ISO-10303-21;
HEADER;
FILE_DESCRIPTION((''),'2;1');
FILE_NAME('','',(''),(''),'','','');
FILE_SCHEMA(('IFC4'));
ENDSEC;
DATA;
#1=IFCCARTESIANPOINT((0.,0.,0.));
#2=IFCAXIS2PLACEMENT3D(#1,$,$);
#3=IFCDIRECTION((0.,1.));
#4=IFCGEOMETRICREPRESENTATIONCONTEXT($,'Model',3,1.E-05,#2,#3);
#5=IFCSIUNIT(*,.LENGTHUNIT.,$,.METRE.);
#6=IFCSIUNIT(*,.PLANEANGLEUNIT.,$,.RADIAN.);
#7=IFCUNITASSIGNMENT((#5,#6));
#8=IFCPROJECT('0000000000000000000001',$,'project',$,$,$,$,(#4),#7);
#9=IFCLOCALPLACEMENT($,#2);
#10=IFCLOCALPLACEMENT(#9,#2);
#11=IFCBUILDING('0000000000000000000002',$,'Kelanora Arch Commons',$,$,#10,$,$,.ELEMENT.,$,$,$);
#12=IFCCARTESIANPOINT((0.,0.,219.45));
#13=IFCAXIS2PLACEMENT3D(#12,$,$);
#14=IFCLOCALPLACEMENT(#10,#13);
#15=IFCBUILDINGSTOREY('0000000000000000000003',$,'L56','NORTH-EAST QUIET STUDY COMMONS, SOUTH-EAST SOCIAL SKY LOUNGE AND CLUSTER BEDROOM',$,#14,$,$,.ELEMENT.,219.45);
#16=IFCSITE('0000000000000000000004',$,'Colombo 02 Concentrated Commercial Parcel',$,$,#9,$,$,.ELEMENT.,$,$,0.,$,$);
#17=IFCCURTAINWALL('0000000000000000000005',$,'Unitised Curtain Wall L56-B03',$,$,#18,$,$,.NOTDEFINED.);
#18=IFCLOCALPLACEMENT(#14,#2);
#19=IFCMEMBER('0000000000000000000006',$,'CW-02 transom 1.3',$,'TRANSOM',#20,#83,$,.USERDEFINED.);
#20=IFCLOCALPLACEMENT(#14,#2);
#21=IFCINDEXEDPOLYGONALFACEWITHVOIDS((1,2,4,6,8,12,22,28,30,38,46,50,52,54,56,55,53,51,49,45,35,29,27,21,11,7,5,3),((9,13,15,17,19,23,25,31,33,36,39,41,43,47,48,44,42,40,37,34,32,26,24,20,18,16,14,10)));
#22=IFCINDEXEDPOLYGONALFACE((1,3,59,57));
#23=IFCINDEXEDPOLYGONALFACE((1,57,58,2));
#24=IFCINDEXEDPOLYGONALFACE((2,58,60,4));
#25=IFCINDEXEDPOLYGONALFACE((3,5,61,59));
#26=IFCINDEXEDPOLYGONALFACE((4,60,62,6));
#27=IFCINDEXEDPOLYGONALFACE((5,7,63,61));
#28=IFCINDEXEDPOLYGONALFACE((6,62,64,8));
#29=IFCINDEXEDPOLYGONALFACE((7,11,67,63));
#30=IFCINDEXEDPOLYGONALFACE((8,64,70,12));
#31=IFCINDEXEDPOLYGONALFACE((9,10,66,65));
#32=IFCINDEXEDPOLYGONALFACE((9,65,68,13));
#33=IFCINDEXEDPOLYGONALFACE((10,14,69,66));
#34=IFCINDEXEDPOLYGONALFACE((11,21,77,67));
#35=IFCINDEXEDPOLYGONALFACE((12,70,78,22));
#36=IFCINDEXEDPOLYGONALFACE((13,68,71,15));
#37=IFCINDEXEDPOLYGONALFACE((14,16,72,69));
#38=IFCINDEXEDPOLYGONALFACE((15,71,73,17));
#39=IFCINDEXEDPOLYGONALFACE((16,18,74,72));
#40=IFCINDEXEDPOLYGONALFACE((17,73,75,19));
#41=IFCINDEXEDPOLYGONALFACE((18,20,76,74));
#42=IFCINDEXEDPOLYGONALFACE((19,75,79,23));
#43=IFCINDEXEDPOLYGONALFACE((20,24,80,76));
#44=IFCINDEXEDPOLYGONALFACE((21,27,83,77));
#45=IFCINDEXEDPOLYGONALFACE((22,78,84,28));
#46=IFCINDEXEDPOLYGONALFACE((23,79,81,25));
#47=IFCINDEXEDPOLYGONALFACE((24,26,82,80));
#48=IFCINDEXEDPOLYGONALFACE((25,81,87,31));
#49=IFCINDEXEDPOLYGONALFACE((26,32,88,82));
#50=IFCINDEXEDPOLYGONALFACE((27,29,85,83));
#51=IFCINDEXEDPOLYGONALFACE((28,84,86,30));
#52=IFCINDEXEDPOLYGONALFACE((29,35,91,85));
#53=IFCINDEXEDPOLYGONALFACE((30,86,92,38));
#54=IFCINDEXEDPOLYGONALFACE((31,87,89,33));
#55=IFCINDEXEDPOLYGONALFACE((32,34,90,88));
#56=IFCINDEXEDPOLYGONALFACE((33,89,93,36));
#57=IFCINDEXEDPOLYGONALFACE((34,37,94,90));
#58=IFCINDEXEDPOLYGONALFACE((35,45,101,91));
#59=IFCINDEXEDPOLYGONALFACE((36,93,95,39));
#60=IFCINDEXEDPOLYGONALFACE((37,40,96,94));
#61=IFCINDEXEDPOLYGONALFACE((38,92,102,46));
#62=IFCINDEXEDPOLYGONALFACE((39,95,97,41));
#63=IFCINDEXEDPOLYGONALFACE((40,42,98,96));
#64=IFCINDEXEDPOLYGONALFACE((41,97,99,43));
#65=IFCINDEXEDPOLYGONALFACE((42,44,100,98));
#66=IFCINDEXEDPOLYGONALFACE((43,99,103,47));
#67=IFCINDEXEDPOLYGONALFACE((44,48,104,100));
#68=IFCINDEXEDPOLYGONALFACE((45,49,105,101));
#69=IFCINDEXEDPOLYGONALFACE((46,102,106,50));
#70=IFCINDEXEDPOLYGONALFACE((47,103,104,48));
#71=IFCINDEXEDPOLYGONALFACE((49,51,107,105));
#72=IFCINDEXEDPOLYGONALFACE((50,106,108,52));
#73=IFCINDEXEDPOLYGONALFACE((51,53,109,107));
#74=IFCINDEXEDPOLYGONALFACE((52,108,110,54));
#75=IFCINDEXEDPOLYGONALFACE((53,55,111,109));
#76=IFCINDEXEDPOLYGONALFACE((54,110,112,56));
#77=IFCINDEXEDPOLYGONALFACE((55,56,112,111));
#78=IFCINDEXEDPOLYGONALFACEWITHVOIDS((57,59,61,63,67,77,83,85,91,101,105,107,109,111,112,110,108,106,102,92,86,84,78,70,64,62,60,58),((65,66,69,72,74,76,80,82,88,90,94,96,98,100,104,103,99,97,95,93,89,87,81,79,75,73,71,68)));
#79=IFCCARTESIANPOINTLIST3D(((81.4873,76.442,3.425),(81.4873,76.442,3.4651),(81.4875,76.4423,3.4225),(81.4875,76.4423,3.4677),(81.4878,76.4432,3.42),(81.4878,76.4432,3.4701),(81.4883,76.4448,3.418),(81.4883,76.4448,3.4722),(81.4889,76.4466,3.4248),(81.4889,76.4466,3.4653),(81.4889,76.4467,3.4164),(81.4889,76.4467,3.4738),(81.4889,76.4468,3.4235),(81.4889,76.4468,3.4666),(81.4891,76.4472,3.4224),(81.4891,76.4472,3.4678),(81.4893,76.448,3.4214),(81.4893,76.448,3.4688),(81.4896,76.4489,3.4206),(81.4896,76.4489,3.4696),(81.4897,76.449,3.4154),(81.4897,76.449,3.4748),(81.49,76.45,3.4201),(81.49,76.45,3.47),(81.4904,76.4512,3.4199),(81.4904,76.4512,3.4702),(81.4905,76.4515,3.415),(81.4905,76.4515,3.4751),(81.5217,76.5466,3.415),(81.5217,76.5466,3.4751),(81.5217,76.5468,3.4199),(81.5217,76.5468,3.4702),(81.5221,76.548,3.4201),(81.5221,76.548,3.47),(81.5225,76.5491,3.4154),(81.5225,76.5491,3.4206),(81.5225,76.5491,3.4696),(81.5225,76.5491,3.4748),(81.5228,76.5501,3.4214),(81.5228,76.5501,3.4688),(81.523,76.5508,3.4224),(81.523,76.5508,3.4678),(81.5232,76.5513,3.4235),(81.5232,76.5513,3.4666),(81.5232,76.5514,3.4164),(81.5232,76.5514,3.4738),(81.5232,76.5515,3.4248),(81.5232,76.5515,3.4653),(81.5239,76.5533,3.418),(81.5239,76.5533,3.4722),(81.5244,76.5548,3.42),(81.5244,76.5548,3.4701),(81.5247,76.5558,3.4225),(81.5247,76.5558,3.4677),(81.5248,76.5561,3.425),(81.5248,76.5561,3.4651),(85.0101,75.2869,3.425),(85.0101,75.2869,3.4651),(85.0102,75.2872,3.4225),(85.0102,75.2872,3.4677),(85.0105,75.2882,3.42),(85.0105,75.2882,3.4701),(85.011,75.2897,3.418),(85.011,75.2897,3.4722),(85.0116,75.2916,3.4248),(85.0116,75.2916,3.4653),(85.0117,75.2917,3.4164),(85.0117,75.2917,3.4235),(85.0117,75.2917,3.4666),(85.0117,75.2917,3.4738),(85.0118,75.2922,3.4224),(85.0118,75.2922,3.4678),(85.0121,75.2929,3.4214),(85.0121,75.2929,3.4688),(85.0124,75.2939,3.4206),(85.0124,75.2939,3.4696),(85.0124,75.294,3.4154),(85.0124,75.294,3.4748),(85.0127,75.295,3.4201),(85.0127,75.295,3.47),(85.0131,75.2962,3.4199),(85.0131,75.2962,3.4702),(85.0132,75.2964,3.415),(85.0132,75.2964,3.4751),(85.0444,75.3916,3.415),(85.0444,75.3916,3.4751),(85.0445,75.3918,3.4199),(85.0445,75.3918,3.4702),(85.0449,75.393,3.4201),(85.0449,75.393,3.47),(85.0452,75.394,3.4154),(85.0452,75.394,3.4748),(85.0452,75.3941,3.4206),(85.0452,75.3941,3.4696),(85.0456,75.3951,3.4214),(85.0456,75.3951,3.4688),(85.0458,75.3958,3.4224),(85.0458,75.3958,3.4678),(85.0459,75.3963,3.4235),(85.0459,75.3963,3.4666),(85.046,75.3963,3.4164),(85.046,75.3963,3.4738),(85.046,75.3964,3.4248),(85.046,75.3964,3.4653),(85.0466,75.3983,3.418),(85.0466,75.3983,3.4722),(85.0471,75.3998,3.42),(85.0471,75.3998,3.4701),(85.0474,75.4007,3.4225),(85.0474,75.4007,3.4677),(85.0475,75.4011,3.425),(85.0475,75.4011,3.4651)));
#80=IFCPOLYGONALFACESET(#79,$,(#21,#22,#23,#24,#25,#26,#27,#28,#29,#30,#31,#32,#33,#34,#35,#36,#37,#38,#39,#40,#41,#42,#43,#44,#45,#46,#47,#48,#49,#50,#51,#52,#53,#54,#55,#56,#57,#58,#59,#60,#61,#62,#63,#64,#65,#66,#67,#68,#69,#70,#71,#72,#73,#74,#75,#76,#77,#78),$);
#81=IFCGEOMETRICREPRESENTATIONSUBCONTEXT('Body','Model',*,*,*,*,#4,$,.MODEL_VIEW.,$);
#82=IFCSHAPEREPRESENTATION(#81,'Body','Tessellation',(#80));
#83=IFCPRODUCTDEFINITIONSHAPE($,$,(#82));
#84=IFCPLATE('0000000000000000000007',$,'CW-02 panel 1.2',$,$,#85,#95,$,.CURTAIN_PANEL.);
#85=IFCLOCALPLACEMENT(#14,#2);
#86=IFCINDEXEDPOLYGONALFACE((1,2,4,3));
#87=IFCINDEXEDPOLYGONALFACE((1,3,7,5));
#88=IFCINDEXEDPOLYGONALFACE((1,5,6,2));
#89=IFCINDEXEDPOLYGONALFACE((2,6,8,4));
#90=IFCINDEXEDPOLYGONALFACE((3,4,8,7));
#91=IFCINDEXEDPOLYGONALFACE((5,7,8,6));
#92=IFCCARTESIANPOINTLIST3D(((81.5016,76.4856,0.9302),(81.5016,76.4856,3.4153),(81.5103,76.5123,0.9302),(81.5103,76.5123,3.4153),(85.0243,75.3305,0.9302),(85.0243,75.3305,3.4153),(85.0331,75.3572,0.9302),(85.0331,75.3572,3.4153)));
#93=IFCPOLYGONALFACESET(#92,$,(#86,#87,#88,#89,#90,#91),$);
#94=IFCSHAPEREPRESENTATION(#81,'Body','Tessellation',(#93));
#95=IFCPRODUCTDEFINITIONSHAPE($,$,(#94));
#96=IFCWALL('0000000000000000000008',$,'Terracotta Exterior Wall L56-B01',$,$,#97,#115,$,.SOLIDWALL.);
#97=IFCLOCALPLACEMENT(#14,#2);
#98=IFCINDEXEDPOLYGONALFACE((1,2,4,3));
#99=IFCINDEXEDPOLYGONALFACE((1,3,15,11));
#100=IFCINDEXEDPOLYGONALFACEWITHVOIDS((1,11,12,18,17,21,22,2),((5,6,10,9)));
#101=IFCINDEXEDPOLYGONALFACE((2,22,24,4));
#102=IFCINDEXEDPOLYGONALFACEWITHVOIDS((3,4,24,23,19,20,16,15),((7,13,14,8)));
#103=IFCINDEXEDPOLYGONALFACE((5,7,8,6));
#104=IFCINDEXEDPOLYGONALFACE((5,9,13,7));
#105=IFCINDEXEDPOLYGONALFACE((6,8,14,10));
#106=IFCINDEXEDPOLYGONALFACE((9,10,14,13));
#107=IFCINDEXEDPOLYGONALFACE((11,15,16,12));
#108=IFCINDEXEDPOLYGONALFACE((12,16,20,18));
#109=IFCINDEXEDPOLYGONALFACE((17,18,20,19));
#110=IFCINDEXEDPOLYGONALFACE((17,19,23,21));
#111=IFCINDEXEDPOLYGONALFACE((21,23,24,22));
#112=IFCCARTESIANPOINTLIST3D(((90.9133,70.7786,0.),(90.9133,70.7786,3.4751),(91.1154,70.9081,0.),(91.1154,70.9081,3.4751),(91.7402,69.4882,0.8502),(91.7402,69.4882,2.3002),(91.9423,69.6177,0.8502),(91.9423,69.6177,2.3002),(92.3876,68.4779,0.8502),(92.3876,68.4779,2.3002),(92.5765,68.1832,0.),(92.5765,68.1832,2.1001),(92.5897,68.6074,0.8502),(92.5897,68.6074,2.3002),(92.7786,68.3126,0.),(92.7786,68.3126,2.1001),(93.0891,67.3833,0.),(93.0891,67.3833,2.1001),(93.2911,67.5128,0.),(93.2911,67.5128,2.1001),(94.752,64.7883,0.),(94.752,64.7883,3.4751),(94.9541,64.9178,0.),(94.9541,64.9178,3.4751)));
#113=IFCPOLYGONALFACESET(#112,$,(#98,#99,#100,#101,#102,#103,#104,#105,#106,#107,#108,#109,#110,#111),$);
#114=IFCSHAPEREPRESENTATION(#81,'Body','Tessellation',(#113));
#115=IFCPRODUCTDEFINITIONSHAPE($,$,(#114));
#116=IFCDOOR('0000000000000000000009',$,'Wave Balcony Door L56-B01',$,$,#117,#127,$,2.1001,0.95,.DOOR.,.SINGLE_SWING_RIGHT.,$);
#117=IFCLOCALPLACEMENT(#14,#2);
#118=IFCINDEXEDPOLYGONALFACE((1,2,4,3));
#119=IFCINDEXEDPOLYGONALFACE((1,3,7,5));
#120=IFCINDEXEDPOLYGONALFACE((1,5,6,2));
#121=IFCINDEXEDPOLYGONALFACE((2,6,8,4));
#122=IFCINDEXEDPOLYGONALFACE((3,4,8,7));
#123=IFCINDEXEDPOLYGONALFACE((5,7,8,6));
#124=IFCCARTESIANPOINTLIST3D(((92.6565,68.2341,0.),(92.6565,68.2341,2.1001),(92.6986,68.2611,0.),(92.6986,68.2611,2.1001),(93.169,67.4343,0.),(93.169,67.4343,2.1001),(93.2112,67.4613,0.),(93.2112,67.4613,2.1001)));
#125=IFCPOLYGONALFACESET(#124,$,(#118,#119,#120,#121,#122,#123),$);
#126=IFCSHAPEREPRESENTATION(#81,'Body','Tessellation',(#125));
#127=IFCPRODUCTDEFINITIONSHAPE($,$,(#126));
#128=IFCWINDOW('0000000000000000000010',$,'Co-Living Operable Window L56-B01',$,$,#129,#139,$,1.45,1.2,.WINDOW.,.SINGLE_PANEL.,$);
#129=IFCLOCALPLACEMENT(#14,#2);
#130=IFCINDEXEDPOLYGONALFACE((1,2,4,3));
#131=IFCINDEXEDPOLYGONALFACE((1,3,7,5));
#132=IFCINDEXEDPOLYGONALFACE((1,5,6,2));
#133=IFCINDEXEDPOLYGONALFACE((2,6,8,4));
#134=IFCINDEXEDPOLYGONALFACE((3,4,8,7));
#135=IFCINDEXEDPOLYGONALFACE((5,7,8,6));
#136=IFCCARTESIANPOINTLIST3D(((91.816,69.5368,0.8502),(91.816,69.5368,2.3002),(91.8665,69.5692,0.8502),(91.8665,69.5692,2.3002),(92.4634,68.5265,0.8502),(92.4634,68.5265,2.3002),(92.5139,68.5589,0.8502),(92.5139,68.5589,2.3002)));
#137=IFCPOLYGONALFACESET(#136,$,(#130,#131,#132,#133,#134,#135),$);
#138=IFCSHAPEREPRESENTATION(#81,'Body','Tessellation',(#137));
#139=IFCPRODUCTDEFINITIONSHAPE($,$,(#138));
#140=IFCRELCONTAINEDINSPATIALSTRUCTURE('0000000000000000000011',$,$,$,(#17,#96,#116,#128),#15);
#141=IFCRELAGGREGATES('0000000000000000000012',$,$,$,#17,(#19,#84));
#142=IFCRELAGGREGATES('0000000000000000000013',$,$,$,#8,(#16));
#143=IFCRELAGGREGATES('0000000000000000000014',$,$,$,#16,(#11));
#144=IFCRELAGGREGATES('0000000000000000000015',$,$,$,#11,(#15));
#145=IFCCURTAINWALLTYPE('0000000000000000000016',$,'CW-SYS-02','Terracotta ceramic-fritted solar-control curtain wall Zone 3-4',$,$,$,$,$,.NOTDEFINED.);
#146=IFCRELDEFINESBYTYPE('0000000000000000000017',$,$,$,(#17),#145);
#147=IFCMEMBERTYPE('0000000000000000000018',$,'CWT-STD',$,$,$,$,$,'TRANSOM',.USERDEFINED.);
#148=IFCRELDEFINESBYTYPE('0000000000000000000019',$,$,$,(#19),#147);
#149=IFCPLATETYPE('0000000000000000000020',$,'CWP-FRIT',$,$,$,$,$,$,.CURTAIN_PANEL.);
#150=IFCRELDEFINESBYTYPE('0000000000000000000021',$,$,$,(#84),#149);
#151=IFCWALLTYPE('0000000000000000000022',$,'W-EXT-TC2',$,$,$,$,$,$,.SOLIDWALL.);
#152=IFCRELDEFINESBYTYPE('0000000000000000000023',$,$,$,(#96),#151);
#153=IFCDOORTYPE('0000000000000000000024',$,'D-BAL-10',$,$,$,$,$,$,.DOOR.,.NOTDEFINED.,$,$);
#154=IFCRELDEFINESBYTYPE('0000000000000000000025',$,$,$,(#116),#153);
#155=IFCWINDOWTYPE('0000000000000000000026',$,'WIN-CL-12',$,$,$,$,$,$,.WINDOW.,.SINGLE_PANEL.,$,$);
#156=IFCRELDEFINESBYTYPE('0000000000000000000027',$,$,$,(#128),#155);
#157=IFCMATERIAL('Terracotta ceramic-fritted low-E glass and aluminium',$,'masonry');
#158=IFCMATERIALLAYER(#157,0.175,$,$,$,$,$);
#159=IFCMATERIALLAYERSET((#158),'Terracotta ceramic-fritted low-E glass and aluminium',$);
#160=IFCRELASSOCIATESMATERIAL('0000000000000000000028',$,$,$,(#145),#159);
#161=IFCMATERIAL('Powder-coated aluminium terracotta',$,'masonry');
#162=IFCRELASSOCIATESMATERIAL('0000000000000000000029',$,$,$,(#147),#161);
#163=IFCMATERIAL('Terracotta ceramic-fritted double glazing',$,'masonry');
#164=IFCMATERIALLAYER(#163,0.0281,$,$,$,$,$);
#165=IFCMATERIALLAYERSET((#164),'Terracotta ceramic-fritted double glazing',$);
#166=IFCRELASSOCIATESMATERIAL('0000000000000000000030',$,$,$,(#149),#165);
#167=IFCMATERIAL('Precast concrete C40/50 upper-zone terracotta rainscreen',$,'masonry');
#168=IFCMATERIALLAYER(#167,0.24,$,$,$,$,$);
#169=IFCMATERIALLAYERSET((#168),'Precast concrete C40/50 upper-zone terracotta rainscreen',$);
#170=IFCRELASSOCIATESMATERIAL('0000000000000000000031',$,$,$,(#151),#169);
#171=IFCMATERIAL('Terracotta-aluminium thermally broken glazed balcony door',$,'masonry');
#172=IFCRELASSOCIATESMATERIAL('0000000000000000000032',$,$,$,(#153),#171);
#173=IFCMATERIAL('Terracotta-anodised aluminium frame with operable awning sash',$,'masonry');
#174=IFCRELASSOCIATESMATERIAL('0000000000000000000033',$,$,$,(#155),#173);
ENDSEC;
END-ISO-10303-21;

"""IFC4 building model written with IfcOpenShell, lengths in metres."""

from ifc_helpers import new_model, si_unit, direction, frame, frame_2d, origin, origin_2d, place, context, subcontext, project, spatial, rectangle, hollow_rectangle, extrude, source, transform, mapped, material, layer, layer_set, material_profile, profile_set, type_object, element, fill, aggregate, save


model = new_model("IFC4")

# Units and contexts
model_context = context("Model", 3, precision=1e-05, world=origin(), true_north=direction((0.0, 1.0)))
body_context = subcontext(model_context, "Body", "Model", "MODEL_VIEW")
ifc_project = project(units=[si_unit("LENGTHUNIT", "METRE"), si_unit("PLANEANGLEUNIT", "RADIAN")], contexts=[model_context])

# Site, building, storey
site_placement = place(None, origin())
site = spatial("IfcSite", under=ifc_project, at=site_placement, Name="Colombo 02 Concentrated Commercial Parcel", CompositionType="ELEMENT", RefElevation=0.0)
building_placement = place(site_placement, origin())
building = spatial("IfcBuilding", under=site, at=building_placement, Name="Kelanora Arch Commons", CompositionType="ELEMENT")
storey_placement = place(building_placement, frame((0.0, 0.0, 219.45)))
storey = spatial("IfcBuildingStorey", under=building, at=storey_placement, Name="L56", Description="NORTH-EAST QUIET STUDY COMMONS, SOUTH-EAST SOCIAL SKY LOUNGE AND CLUSTER BEDROOM", CompositionType="ELEMENT", Elevation=219.45)

# Shared definitions
ifc_material_1 = material(Name="Terracotta ceramic-fritted low-E glass and aluminium", Category="masonry")
ifc_layer_1 = layer(ifc_material_1, 0.175)
ifc_layer_set_1 = layer_set([ifc_layer_1], Name="Terracotta ceramic-fritted low-E glass and aluminium")
curtain_wall_type = type_object("IfcCurtainWallType", Name="CW-SYS-02", Description="Terracotta ceramic-fritted solar-control curtain wall Zone 3-4", PredefinedType="NOTDEFINED", material=ifc_layer_set_1)
ifc_material_2 = material(Name="Powder-coated aluminium terracotta", Category="masonry")

# Curtain wall, member, plate
curtain_wall_1_placement = place(storey_placement, origin())
curtain_wall_1 = element("IfcCurtainWall", 1, at=curtain_wall_1_placement, inside=storey, type_object=curtain_wall_type, Name="Unitised Curtain Wall L56-B03", PredefinedType="NOTDEFINED")
ifc_material_profile_1 = material_profile(ifc_material_2, hollow_rectangle(XDim=0.1201, YDim=0.0601, WallThickness=0.0049, InnerFilletRadius=0.0049, OuterFilletRadius=0.01, at=origin_2d()), Name="CWT120x60")
ifc_profile_set_1 = profile_set([ifc_material_profile_1], Name="Powder-coated aluminium terracotta")
member_type_1 = type_object("IfcMemberType", Name="CWT-STD", ElementType="TRANSOM", PredefinedType="USERDEFINED", material=ifc_profile_set_1)
member_1_placement = place(storey_placement, frame((85.0288, 75.344, 3.4451), z_axis=(-0.950226, 0.311561, 0.0), x_axis=(-0.311561, -0.950226, 0.0)))
member_1 = element("IfcMember", 2, at=member_1_placement, type_object=member_type_1, Name="CW-02 transom 1.3", ObjectType="TRANSOM", PredefinedType="USERDEFINED", context=body_context, shape_type="SweptSolid", body=[
    extrude(hollow_rectangle(XDim=0.1201, YDim=0.0601, WallThickness=0.0049, InnerFilletRadius=0.0049, OuterFilletRadius=0.01, at=origin_2d()), origin(), (0.0, 0.0, 1.0), 3.7073),
])
ifc_material_3 = material(Name="Terracotta ceramic-fritted double glazing", Category="masonry")
ifc_layer_2 = layer(ifc_material_3, 0.0281)
ifc_layer_set_2 = layer_set([ifc_layer_2], Name="Terracotta ceramic-fritted double glazing")
plate_type = type_object("IfcPlateType", Name="CWP-FRIT", PredefinedType="CURTAIN_PANEL", material=ifc_layer_set_2)
shared_shape_1 = source(origin(), body_context, "Body", "SweptSolid", [
    extrude(rectangle(XDim=3.7073, YDim=0.0281, at=origin_2d()), origin(), (0.0, 0.0, 1.0), 2.4851),
])
plate_placement = place(storey_placement, frame((83.2673, 75.9214, 0.9302), z_axis=(0.0, 0.0, 1.0), x_axis=(-0.950219, 0.311582, 0.0)))
plate = element("IfcPlate", 3, at=plate_placement, type_object=plate_type, Name="CW-02 panel 1.2", PredefinedType="CURTAIN_PANEL", context=body_context, shape_type="MappedRepresentation", body=[
    mapped(shared_shape_1, transform((0.0, 0.0, 0.0), scale=1.0)),
])
aggregate(curtain_wall_1, [member_1, plate])

# Wall, openings, door, window
ifc_material_4 = material(Name="Precast concrete C40/50 upper-zone terracotta rainscreen", Category="masonry")
ifc_layer_3 = layer(ifc_material_4, 0.24)
ifc_layer_set_3 = layer_set([ifc_layer_3], Name="Precast concrete C40/50 upper-zone terracotta rainscreen")
wall_type = type_object("IfcWallType", Name="W-EXT-TC2", PredefinedType="SOLIDWALL", material=ifc_layer_set_3)
wall_1_placement = place(storey_placement, frame((94.853, 64.853, 0.0), z_axis=(0.0, 0.0, 1.0), x_axis=(-0.53954, 0.84196, 0.0)))
wall_1 = element("IfcWall", 4, at=wall_1_placement, inside=storey, type_object=wall_type, Name="Terracotta Exterior Wall L56-B01", PredefinedType="SOLIDWALL", context=body_context, shape_type="SweptSolid", body=[
    extrude(rectangle(XDim=7.1147, YDim=0.24, at=frame_2d((3.5574, 0.0))), origin(), (0.0, 0.0, 1.0), 3.4751),
])
opening_1_placement = place(wall_1_placement, frame((3.082, 0.0, 0.0)))
opening_1 = element("IfcOpeningElement", 5, at=opening_1_placement, cuts=wall_1, PredefinedType="OPENING", context=body_context, shape_type="SweptSolid", body=[
    extrude(rectangle(XDim=0.95, YDim=2.1001, at=frame_2d((0.4751, 1.05))), frame((0.0, 0.1299, 0.0), z_axis=(0.0, -1.0, 0.0), x_axis=(1.0, 0.0, 0.0)), (0.0, 0.0, 1.0), 0.26),
])
opening_2_placement = place(wall_1_placement, frame((4.3821, 0.0, 0.8501)))
opening_2 = element("IfcOpeningElement", 6, at=opening_2_placement, cuts=wall_1, PredefinedType="OPENING", context=body_context, shape_type="SweptSolid", body=[
    extrude(rectangle(XDim=1.2, YDim=1.45, at=frame_2d((0.6001, 0.7251))), frame((0.0, 0.1299, 0.0), z_axis=(0.0, -1.0, 0.0), x_axis=(1.0, 0.0, 0.0)), (0.0, 0.0, 1.0), 0.26),
])
ifc_material_5 = material(Name="Terracotta-aluminium thermally broken glazed balcony door", Category="masonry")
door_type = type_object("IfcDoorType", Name="D-BAL-10", OperationType="NOTDEFINED", PredefinedType="DOOR", material=ifc_material_5)
door_1_placement = place(opening_1_placement, frame((0.95, 0.0, 0.0), z_axis=(0.0, 0.0, 1.0), x_axis=(-1.0, 0.0, 0.0)))
door_1 = element("IfcDoor", 7, at=door_1_placement, inside=storey, type_object=door_type, Name="Wave Balcony Door L56-B01", OperationType="SINGLE_SWING_RIGHT", OverallHeight=2.1001, OverallWidth=0.95, PredefinedType="DOOR", context=body_context, shape_type="SweptSolid", body=[
    extrude(rectangle(XDim=0.95, YDim=2.1001, at=frame_2d((0.4751, 1.05))), frame((0.0, 0.0249, 0.0), z_axis=(0.0, -1.0, 0.0), x_axis=(1.0, 0.0, 0.0)), (0.0, 0.0, 1.0), 0.05),
])
fill(opening_1, door_1)
ifc_material_6 = material(Name="Terracotta-anodised aluminium frame with operable awning sash", Category="masonry")
window_type = type_object("IfcWindowType", Name="WIN-CL-12", PartitioningType="SINGLE_PANEL", PredefinedType="WINDOW", material=ifc_material_6)
window_1_placement = place(opening_2_placement, origin())
window_1 = element("IfcWindow", 8, at=window_1_placement, inside=storey, type_object=window_type, Name="Co-Living Operable Window L56-B01", OverallHeight=1.45, OverallWidth=1.2, PartitioningType="SINGLE_PANEL", PredefinedType="WINDOW", context=body_context, shape_type="SweptSolid", body=[
    extrude(rectangle(XDim=1.2, YDim=1.45, at=frame_2d((0.6001, 0.7251))), frame((0.0, 0.03, 0.0), z_axis=(0.0, -1.0, 0.0), x_axis=(1.0, 0.0, 0.0)), (0.0, 0.0, 1.0), 0.0601),
])
fill(opening_2, window_1)

save(model, "model.ifc")
